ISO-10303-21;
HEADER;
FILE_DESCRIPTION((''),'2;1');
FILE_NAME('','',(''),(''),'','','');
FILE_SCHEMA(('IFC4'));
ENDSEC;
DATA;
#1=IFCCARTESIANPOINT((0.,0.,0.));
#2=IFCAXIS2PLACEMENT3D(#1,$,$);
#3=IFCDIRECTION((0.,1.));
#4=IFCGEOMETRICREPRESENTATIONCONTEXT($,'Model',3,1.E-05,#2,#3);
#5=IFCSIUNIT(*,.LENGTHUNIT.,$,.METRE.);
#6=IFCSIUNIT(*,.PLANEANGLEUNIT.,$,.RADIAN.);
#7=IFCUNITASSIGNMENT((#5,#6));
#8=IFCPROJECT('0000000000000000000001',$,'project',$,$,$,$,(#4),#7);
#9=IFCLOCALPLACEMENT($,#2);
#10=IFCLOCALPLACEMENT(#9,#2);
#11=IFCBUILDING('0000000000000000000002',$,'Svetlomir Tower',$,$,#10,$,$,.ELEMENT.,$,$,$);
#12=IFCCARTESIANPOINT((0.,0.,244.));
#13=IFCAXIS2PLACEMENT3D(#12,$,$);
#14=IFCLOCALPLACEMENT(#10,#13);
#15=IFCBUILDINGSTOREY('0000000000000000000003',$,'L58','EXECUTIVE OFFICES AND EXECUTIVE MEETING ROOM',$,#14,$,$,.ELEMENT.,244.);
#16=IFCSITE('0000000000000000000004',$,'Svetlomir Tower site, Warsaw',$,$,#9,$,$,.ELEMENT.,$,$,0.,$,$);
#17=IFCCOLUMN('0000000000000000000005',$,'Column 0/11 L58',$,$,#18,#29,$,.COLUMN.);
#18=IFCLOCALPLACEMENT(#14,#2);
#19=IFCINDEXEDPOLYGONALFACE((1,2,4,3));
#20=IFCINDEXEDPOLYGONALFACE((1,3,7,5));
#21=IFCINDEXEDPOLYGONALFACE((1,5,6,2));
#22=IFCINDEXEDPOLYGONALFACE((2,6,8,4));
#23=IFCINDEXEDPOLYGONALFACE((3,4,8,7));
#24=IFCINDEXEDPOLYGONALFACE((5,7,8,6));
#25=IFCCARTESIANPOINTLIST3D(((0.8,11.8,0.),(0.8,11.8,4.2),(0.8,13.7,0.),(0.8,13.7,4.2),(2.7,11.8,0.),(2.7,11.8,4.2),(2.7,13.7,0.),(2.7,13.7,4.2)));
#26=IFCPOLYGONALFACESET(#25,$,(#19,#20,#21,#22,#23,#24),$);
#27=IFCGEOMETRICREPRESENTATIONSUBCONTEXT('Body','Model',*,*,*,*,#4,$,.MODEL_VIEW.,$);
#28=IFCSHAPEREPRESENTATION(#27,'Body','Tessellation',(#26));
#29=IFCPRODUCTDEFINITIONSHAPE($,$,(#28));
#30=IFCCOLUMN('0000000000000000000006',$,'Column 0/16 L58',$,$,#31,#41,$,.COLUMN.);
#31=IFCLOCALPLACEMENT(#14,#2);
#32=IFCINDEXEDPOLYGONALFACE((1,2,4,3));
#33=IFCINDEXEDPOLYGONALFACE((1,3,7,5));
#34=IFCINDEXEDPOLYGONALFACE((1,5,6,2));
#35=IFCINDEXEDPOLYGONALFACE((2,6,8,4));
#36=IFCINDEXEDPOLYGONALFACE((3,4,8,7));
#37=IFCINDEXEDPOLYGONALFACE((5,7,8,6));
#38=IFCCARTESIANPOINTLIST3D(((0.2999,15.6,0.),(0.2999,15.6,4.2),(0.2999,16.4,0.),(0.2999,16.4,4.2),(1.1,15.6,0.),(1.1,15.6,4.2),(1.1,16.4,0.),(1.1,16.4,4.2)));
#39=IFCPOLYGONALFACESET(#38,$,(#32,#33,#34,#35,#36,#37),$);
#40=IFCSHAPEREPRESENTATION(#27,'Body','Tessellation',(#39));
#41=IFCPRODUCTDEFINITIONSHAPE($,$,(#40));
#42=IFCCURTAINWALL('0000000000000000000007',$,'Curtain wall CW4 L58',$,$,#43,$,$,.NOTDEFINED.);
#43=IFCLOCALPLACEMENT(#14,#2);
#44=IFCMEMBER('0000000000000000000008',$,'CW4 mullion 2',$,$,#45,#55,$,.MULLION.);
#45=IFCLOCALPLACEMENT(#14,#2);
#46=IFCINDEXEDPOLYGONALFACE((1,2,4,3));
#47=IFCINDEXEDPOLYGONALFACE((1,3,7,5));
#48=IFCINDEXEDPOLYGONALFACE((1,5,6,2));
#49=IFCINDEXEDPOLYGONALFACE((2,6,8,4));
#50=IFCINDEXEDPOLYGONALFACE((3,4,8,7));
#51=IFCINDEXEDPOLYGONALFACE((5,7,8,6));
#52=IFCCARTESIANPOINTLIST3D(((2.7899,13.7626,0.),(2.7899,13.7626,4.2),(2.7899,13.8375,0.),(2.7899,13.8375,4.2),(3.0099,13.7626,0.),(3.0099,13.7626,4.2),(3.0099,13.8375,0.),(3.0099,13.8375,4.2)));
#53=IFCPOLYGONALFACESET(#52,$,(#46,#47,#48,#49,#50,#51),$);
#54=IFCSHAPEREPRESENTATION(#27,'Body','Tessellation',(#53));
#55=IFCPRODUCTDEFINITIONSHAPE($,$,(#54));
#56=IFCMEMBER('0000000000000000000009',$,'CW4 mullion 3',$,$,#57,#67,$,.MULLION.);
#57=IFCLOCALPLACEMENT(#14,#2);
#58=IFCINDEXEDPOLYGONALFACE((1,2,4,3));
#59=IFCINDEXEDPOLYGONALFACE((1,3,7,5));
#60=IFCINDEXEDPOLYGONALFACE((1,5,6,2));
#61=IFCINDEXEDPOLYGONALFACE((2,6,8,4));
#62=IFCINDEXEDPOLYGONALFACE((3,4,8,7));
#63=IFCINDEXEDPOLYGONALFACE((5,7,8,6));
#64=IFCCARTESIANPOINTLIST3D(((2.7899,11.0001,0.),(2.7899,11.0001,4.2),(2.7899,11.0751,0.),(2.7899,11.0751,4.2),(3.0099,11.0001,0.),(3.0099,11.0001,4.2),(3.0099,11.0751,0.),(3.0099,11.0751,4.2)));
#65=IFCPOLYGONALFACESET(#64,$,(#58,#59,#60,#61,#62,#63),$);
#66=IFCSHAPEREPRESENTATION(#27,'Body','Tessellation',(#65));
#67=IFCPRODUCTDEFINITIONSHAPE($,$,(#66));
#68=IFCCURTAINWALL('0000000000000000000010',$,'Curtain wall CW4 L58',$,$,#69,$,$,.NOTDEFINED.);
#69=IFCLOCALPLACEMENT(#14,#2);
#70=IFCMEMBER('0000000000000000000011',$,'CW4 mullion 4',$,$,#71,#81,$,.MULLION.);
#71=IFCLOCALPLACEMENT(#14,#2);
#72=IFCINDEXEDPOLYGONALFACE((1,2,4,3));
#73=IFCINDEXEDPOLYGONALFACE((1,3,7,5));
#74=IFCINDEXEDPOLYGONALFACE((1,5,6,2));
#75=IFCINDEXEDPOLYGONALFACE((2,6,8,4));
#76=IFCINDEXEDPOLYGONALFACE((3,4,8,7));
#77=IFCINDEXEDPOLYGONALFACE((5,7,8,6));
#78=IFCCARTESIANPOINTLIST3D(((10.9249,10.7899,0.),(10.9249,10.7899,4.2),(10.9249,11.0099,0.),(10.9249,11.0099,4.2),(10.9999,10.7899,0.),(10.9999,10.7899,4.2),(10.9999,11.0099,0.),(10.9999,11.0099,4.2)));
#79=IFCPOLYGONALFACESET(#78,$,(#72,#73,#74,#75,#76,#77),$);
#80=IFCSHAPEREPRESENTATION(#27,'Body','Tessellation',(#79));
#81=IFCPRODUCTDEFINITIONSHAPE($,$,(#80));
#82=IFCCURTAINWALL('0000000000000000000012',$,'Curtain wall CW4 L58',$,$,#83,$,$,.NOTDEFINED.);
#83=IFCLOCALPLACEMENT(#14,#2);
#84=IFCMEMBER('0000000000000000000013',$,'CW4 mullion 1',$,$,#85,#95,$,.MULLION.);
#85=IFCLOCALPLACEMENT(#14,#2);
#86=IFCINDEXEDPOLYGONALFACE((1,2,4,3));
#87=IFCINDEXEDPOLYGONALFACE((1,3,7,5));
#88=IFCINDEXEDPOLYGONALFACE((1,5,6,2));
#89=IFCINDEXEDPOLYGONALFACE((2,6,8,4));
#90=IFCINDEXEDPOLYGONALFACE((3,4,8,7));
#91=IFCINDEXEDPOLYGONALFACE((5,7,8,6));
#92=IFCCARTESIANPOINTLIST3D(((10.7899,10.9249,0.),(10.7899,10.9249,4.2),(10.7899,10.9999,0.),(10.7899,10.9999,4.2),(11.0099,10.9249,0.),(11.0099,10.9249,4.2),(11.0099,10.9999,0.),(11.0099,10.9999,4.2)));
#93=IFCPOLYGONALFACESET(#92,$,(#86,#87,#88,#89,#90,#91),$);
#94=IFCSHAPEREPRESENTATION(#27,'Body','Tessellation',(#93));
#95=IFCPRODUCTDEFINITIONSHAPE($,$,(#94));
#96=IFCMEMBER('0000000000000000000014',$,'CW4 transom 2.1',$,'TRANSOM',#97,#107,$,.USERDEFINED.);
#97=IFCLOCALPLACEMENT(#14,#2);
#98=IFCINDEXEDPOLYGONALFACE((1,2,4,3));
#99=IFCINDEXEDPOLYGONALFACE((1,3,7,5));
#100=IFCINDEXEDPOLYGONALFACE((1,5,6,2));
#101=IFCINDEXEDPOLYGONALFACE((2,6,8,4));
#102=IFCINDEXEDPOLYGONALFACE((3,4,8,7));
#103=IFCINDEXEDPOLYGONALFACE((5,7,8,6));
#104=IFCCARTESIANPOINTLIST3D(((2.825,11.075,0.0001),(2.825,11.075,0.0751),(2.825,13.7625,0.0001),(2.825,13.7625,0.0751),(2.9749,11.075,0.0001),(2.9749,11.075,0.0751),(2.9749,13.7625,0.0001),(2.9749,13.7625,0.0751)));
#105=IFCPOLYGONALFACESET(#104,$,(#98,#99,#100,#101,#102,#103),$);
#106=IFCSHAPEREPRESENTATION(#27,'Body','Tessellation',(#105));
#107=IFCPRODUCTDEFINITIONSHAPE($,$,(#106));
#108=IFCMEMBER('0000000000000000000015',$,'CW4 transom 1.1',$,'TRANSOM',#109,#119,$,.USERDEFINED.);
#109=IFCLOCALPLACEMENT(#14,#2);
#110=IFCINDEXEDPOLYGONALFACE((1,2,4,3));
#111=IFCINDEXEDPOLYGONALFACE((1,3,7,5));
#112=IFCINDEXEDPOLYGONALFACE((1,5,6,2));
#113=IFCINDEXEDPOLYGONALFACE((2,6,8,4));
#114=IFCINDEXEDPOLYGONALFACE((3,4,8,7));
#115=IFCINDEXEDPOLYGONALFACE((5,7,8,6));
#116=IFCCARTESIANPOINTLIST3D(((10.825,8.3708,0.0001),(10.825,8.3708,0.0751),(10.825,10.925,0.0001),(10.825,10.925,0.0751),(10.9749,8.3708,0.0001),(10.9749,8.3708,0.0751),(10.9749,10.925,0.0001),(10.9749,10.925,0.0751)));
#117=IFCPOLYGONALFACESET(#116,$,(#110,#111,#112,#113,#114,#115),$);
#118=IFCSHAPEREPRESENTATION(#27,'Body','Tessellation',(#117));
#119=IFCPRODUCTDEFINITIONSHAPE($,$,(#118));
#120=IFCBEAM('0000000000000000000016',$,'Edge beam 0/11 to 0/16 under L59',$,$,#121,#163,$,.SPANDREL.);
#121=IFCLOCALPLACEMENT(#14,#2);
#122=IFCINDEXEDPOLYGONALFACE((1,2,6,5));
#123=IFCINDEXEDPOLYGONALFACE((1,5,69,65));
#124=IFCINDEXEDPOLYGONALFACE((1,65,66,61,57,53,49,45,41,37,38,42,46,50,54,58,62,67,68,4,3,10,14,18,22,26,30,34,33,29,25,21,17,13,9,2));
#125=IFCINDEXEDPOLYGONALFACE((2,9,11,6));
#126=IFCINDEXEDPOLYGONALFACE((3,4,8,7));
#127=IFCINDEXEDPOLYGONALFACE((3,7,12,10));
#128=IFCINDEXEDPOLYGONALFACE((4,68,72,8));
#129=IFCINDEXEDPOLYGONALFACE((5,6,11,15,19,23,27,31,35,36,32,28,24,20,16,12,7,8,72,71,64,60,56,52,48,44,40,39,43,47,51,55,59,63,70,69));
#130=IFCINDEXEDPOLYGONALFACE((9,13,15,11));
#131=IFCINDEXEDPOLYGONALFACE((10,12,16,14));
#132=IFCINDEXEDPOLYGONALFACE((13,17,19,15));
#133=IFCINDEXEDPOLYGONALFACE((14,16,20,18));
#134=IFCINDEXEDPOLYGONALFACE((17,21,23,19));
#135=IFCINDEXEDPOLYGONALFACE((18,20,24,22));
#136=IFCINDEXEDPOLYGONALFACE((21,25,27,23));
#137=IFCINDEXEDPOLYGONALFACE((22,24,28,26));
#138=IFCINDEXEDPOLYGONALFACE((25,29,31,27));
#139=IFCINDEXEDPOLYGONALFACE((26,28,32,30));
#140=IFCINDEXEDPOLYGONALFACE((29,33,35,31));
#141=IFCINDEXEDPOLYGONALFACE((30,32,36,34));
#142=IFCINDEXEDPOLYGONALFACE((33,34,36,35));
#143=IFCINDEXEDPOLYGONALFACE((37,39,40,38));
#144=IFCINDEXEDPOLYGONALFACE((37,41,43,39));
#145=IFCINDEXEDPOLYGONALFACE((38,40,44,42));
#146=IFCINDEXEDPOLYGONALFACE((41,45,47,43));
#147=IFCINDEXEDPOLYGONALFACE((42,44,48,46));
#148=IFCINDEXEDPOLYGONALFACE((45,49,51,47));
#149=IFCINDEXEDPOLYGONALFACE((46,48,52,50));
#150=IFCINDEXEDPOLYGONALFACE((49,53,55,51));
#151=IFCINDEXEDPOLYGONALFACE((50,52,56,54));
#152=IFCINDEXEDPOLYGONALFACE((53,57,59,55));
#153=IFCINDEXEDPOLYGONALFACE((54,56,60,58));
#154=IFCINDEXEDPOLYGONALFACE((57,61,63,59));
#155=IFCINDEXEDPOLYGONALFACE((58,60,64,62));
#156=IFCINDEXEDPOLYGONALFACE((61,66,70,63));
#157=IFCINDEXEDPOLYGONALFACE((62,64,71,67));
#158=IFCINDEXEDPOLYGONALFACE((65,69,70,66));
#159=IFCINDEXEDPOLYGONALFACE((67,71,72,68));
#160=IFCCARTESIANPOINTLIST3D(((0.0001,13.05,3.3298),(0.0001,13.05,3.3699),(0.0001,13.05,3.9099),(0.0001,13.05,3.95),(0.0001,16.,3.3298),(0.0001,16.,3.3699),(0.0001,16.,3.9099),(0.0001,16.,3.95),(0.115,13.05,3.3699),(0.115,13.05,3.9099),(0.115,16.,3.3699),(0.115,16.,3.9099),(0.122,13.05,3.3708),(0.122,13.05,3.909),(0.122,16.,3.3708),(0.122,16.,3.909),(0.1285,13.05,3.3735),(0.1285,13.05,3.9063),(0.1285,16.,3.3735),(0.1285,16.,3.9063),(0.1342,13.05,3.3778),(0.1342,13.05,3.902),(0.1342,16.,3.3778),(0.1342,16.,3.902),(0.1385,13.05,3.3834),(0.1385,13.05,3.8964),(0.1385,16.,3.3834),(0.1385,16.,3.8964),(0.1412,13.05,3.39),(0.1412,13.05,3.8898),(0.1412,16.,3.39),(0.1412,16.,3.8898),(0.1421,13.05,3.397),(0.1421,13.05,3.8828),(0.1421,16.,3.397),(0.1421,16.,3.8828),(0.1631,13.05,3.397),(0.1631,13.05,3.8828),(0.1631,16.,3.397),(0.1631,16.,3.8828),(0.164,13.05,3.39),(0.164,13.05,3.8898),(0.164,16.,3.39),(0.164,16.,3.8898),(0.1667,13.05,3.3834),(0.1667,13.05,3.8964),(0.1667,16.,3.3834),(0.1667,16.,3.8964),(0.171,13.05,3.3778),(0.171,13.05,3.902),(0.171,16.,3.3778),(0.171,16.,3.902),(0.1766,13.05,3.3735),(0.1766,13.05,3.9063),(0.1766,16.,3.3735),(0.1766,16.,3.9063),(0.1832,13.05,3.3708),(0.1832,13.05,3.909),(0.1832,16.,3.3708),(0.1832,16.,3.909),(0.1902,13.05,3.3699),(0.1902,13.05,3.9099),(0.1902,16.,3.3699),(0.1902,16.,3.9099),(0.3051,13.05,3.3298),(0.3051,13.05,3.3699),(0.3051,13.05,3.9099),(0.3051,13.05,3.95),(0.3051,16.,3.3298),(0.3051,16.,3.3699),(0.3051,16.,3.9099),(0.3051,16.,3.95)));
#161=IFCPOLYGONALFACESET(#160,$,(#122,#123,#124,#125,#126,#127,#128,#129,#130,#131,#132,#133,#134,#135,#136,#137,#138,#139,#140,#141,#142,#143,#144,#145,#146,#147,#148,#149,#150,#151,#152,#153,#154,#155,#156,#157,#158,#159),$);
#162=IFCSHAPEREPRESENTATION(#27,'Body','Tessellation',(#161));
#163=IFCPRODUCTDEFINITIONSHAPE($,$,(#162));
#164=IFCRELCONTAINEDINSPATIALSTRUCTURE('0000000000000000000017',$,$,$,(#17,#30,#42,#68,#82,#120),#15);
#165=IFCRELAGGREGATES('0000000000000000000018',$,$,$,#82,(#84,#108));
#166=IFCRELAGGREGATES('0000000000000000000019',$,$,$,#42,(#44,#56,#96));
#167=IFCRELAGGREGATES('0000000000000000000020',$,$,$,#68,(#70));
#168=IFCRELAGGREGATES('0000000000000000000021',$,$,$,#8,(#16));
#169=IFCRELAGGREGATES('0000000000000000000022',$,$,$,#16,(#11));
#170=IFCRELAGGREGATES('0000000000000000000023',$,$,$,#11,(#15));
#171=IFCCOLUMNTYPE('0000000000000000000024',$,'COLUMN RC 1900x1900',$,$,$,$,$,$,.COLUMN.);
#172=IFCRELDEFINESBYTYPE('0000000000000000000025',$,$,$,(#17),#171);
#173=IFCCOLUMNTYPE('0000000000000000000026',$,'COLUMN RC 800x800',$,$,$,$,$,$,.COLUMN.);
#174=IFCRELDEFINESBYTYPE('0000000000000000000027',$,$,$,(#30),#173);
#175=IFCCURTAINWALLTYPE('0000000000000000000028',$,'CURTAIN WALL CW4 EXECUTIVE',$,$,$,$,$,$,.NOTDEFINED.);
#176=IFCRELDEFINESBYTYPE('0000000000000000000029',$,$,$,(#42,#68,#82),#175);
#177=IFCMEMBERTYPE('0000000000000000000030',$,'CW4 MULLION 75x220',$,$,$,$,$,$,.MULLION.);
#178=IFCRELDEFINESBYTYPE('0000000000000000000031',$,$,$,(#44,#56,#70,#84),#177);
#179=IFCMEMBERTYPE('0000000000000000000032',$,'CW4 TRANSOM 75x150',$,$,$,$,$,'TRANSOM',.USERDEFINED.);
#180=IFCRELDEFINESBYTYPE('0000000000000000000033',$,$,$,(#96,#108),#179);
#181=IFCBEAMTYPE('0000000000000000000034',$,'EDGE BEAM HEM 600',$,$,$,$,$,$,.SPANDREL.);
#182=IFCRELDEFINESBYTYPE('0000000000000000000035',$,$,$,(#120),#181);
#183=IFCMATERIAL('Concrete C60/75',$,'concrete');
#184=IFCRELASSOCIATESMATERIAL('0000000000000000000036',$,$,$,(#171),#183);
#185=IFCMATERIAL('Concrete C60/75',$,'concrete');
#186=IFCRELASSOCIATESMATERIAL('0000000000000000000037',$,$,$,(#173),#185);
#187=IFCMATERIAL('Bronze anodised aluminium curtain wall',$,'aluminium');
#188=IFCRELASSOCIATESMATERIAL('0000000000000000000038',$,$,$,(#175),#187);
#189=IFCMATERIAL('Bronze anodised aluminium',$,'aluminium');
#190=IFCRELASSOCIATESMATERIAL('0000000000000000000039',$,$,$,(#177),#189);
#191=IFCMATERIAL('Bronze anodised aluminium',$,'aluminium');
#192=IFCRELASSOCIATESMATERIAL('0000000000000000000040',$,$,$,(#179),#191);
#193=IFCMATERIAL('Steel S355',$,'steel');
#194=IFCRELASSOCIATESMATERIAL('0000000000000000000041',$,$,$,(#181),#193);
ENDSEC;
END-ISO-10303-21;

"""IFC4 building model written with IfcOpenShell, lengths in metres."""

from ifc_helpers import new_model, si_unit, direction, frame, origin, origin_2d, place, context, subcontext, project, spatial, rectangle, i_section, extrude, material, material_profile, profile_set, type_object, element, aggregate, save


model = new_model("IFC4")

# Units and contexts
model_context = context("Model", 3, precision=1e-05, world=origin(), true_north=direction((0.0, 1.0)))
body_context = subcontext(model_context, "Body", "Model", "MODEL_VIEW")
ifc_project = project(units=[si_unit("LENGTHUNIT", "METRE"), si_unit("PLANEANGLEUNIT", "RADIAN")], contexts=[model_context])

# Site, building, storey
site_placement = place(None, origin())
site = spatial("IfcSite", under=ifc_project, at=site_placement, Name="Svetlomir Tower site, Warsaw", CompositionType="ELEMENT", RefElevation=0.0)
building_placement = place(site_placement, origin())
building = spatial("IfcBuilding", under=site, at=building_placement, Name="Svetlomir Tower", CompositionType="ELEMENT")
storey_placement = place(building_placement, frame((0.0, 0.0, 244.0)))
storey = spatial("IfcBuildingStorey", under=building, at=storey_placement, Name="L58", Description="EXECUTIVE OFFICES AND EXECUTIVE MEETING ROOM", CompositionType="ELEMENT", Elevation=244.0)

# Columns
ifc_material_1 = material(Name="Concrete C60/75", Category="concrete")
ifc_material_profile_1 = material_profile(ifc_material_1, rectangle(XDim=1.8999, YDim=1.8999, at=origin_2d()), Name="RC 1900x1900")
ifc_profile_set_1 = profile_set([ifc_material_profile_1], Name="Concrete C60/75")
column_type_1 = type_object("IfcColumnType", Name="COLUMN RC 1900x1900", PredefinedType="COLUMN", material=ifc_profile_set_1)
column_1_placement = place(storey_placement, frame((1.75, 12.75, 0.0), z_axis=(0.0, 0.0, 1.0), x_axis=(1.0, 0.0, 0.0)))
element("IfcColumn", 1, at=column_1_placement, inside=storey, type_object=column_type_1, Name="Column 0/11 L58", PredefinedType="COLUMN", context=body_context, shape_type="SweptSolid", body=[
    extrude(rectangle(XDim=1.8999, YDim=1.8999, at=origin_2d()), origin(), (0.0, 0.0, 1.0), 4.2),
])
ifc_material_2 = material(Name="Concrete C60/75", Category="concrete")
ifc_material_profile_2 = material_profile(ifc_material_2, rectangle(XDim=0.8, YDim=0.8, at=origin_2d()), Name="RC 800x800")
ifc_profile_set_2 = profile_set([ifc_material_profile_2], Name="Concrete C60/75")
column_type_2 = type_object("IfcColumnType", Name="COLUMN RC 800x800", PredefinedType="COLUMN", material=ifc_profile_set_2)
column_2_placement = place(storey_placement, frame((0.7, 16.0, 0.0), z_axis=(0.0, 0.0, 1.0), x_axis=(1.0, 0.0, 0.0)))
element("IfcColumn", 2, at=column_2_placement, inside=storey, type_object=column_type_2, Name="Column 0/16 L58", PredefinedType="COLUMN", context=body_context, shape_type="SweptSolid", body=[
    extrude(rectangle(XDim=0.8, YDim=0.8, at=origin_2d()), origin(), (0.0, 0.0, 1.0), 4.2),
])

# Curtain wall, members
ifc_material_3 = material(Name="Bronze anodised aluminium curtain wall", Category="aluminium")
curtain_wall_type = type_object("IfcCurtainWallType", Name="CURTAIN WALL CW4 EXECUTIVE", PredefinedType="NOTDEFINED", material=ifc_material_3)
curtain_wall_1_placement = place(storey_placement, origin())
curtain_wall_1 = element("IfcCurtainWall", 3, at=curtain_wall_1_placement, inside=storey, type_object=curtain_wall_type, Name="Curtain wall CW4 L58", PredefinedType="NOTDEFINED")
ifc_material_4 = material(Name="Bronze anodised aluminium", Category="aluminium")
ifc_material_profile_3 = material_profile(ifc_material_4, rectangle(XDim=0.075, YDim=0.22, at=origin_2d()), Name="AL 75x220")
ifc_profile_set_3 = profile_set([ifc_material_profile_3], Name="Bronze anodised aluminium 6063-T6")
member_type_1 = type_object("IfcMemberType", Name="CW4 MULLION 75x220", PredefinedType="MULLION", material=ifc_profile_set_3)
member_1_placement = place(storey_placement, frame((2.8999, 13.8, 0.0), z_axis=(0.0, 0.0, 1.0), x_axis=(0.0, -1.0, 0.0)))
member_1 = element("IfcMember", 4, at=member_1_placement, type_object=member_type_1, Name="CW4 mullion 2", PredefinedType="MULLION", context=body_context, shape_type="SweptSolid", body=[
    extrude(rectangle(XDim=0.075, YDim=0.22, at=origin_2d()), origin(), (0.0, 0.0, 1.0), 4.2),
])
member_2_placement = place(storey_placement, frame((2.8999, 11.0376, 0.0), z_axis=(0.0, 0.0, 1.0), x_axis=(0.0, -1.0, 0.0)))
member_2 = element("IfcMember", 5, at=member_2_placement, type_object=member_type_1, Name="CW4 mullion 3", PredefinedType="MULLION", context=body_context, shape_type="SweptSolid", body=[
    extrude(rectangle(XDim=0.075, YDim=0.22, at=origin_2d()), origin(), (0.0, 0.0, 1.0), 4.2),
])

# Curtain walls, members
curtain_wall_2_placement = place(storey_placement, origin())
curtain_wall_2 = element("IfcCurtainWall", 6, at=curtain_wall_2_placement, inside=storey, type_object=curtain_wall_type, Name="Curtain wall CW4 L58", PredefinedType="NOTDEFINED")
member_3_placement = place(storey_placement, frame((10.9624, 10.8999, 0.0), z_axis=(0.0, 0.0, 1.0), x_axis=(1.0, 0.0, 0.0)))
member_3 = element("IfcMember", 7, at=member_3_placement, type_object=member_type_1, Name="CW4 mullion 4", PredefinedType="MULLION", context=body_context, shape_type="SweptSolid", body=[
    extrude(rectangle(XDim=0.075, YDim=0.22, at=origin_2d()), origin(), (0.0, 0.0, 1.0), 4.2),
])
curtain_wall_3_placement = place(storey_placement, origin())
curtain_wall_3 = element("IfcCurtainWall", 8, at=curtain_wall_3_placement, inside=storey, type_object=curtain_wall_type, Name="Curtain wall CW4 L58", PredefinedType="NOTDEFINED")
member_4_placement = place(storey_placement, frame((10.8999, 10.9624, 0.0), z_axis=(0.0, 0.0, 1.0), x_axis=(0.0, -1.0, 0.0)))
member_4 = element("IfcMember", 9, at=member_4_placement, type_object=member_type_1, Name="CW4 mullion 1", PredefinedType="MULLION", context=body_context, shape_type="SweptSolid", body=[
    extrude(rectangle(XDim=0.075, YDim=0.22, at=origin_2d()), origin(), (0.0, 0.0, 1.0), 4.2),
])

# Members
ifc_material_5 = material(Name="Bronze anodised aluminium", Category="aluminium")
ifc_material_profile_4 = material_profile(ifc_material_5, rectangle(XDim=0.1499, YDim=0.075, at=origin_2d()), Name="AL 150x75")
ifc_profile_set_4 = profile_set([ifc_material_profile_4], Name="Bronze anodised aluminium 6063-T6")
member_type_2 = type_object("IfcMemberType", Name="CW4 TRANSOM 75x150", ElementType="TRANSOM", PredefinedType="USERDEFINED", material=ifc_profile_set_4)
member_5_placement = place(storey_placement, frame((2.8999, 13.7625, 0.0376), z_axis=(0.0, -1.0, 0.0), x_axis=(1.0, 0.0, 0.0)))
member_5 = element("IfcMember", 10, at=member_5_placement, type_object=member_type_2, Name="CW4 transom 2.1", ObjectType="TRANSOM", PredefinedType="USERDEFINED", context=body_context, shape_type="SweptSolid", body=[
    extrude(rectangle(XDim=0.1499, YDim=0.075, at=origin_2d()), origin(), (0.0, 0.0, 1.0), 2.6875),
])
member_6_placement = place(storey_placement, frame((10.8999, 10.925, 0.0376), z_axis=(0.0, -1.0, 0.0), x_axis=(1.0, 0.0, 0.0)))
member_6 = element("IfcMember", 11, at=member_6_placement, type_object=member_type_2, Name="CW4 transom 1.1", ObjectType="TRANSOM", PredefinedType="USERDEFINED", context=body_context, shape_type="SweptSolid", body=[
    extrude(rectangle(XDim=0.1499, YDim=0.075, at=origin_2d()), origin(), (0.0, 0.0, 1.0), 2.5542),
])
aggregate(curtain_wall_3, [member_4, member_6])

# Beam
ifc_material_6 = material(Name="Steel S355", Category="steel")
ifc_material_profile_5 = material_profile(ifc_material_6, i_section(OverallWidth=0.3049, OverallDepth=0.6201, WebThickness=0.021, FlangeThickness=0.04, FilletRadius=0.0271, at=origin_2d()), Name="HEM 600")
ifc_profile_set_5 = profile_set([ifc_material_profile_5], Name="Steel S355")
beam_type_1 = type_object("IfcBeamType", Name="EDGE BEAM HEM 600", PredefinedType="SPANDREL", material=ifc_profile_set_5)
beam_1_placement = place(storey_placement, frame((0.1526, 13.05, 3.6399), z_axis=(0.0, 1.0, 0.0), x_axis=(-1.0, 0.0, 0.0)))
element("IfcBeam", 12, at=beam_1_placement, inside=storey, type_object=beam_type_1, Name="Edge beam 0/11 to 0/16 under L59", PredefinedType="SPANDREL", context=body_context, shape_type="SweptSolid", body=[
    extrude(i_section(OverallWidth=0.3049, OverallDepth=0.6201, WebThickness=0.021, FlangeThickness=0.04, FilletRadius=0.0271, at=origin_2d()), origin(), (0.0, 0.0, 1.0), 2.95),
])

aggregate(curtain_wall_1, [member_1, member_2, member_5])
aggregate(curtain_wall_2, [member_3])

save(model, "model.ifc")
